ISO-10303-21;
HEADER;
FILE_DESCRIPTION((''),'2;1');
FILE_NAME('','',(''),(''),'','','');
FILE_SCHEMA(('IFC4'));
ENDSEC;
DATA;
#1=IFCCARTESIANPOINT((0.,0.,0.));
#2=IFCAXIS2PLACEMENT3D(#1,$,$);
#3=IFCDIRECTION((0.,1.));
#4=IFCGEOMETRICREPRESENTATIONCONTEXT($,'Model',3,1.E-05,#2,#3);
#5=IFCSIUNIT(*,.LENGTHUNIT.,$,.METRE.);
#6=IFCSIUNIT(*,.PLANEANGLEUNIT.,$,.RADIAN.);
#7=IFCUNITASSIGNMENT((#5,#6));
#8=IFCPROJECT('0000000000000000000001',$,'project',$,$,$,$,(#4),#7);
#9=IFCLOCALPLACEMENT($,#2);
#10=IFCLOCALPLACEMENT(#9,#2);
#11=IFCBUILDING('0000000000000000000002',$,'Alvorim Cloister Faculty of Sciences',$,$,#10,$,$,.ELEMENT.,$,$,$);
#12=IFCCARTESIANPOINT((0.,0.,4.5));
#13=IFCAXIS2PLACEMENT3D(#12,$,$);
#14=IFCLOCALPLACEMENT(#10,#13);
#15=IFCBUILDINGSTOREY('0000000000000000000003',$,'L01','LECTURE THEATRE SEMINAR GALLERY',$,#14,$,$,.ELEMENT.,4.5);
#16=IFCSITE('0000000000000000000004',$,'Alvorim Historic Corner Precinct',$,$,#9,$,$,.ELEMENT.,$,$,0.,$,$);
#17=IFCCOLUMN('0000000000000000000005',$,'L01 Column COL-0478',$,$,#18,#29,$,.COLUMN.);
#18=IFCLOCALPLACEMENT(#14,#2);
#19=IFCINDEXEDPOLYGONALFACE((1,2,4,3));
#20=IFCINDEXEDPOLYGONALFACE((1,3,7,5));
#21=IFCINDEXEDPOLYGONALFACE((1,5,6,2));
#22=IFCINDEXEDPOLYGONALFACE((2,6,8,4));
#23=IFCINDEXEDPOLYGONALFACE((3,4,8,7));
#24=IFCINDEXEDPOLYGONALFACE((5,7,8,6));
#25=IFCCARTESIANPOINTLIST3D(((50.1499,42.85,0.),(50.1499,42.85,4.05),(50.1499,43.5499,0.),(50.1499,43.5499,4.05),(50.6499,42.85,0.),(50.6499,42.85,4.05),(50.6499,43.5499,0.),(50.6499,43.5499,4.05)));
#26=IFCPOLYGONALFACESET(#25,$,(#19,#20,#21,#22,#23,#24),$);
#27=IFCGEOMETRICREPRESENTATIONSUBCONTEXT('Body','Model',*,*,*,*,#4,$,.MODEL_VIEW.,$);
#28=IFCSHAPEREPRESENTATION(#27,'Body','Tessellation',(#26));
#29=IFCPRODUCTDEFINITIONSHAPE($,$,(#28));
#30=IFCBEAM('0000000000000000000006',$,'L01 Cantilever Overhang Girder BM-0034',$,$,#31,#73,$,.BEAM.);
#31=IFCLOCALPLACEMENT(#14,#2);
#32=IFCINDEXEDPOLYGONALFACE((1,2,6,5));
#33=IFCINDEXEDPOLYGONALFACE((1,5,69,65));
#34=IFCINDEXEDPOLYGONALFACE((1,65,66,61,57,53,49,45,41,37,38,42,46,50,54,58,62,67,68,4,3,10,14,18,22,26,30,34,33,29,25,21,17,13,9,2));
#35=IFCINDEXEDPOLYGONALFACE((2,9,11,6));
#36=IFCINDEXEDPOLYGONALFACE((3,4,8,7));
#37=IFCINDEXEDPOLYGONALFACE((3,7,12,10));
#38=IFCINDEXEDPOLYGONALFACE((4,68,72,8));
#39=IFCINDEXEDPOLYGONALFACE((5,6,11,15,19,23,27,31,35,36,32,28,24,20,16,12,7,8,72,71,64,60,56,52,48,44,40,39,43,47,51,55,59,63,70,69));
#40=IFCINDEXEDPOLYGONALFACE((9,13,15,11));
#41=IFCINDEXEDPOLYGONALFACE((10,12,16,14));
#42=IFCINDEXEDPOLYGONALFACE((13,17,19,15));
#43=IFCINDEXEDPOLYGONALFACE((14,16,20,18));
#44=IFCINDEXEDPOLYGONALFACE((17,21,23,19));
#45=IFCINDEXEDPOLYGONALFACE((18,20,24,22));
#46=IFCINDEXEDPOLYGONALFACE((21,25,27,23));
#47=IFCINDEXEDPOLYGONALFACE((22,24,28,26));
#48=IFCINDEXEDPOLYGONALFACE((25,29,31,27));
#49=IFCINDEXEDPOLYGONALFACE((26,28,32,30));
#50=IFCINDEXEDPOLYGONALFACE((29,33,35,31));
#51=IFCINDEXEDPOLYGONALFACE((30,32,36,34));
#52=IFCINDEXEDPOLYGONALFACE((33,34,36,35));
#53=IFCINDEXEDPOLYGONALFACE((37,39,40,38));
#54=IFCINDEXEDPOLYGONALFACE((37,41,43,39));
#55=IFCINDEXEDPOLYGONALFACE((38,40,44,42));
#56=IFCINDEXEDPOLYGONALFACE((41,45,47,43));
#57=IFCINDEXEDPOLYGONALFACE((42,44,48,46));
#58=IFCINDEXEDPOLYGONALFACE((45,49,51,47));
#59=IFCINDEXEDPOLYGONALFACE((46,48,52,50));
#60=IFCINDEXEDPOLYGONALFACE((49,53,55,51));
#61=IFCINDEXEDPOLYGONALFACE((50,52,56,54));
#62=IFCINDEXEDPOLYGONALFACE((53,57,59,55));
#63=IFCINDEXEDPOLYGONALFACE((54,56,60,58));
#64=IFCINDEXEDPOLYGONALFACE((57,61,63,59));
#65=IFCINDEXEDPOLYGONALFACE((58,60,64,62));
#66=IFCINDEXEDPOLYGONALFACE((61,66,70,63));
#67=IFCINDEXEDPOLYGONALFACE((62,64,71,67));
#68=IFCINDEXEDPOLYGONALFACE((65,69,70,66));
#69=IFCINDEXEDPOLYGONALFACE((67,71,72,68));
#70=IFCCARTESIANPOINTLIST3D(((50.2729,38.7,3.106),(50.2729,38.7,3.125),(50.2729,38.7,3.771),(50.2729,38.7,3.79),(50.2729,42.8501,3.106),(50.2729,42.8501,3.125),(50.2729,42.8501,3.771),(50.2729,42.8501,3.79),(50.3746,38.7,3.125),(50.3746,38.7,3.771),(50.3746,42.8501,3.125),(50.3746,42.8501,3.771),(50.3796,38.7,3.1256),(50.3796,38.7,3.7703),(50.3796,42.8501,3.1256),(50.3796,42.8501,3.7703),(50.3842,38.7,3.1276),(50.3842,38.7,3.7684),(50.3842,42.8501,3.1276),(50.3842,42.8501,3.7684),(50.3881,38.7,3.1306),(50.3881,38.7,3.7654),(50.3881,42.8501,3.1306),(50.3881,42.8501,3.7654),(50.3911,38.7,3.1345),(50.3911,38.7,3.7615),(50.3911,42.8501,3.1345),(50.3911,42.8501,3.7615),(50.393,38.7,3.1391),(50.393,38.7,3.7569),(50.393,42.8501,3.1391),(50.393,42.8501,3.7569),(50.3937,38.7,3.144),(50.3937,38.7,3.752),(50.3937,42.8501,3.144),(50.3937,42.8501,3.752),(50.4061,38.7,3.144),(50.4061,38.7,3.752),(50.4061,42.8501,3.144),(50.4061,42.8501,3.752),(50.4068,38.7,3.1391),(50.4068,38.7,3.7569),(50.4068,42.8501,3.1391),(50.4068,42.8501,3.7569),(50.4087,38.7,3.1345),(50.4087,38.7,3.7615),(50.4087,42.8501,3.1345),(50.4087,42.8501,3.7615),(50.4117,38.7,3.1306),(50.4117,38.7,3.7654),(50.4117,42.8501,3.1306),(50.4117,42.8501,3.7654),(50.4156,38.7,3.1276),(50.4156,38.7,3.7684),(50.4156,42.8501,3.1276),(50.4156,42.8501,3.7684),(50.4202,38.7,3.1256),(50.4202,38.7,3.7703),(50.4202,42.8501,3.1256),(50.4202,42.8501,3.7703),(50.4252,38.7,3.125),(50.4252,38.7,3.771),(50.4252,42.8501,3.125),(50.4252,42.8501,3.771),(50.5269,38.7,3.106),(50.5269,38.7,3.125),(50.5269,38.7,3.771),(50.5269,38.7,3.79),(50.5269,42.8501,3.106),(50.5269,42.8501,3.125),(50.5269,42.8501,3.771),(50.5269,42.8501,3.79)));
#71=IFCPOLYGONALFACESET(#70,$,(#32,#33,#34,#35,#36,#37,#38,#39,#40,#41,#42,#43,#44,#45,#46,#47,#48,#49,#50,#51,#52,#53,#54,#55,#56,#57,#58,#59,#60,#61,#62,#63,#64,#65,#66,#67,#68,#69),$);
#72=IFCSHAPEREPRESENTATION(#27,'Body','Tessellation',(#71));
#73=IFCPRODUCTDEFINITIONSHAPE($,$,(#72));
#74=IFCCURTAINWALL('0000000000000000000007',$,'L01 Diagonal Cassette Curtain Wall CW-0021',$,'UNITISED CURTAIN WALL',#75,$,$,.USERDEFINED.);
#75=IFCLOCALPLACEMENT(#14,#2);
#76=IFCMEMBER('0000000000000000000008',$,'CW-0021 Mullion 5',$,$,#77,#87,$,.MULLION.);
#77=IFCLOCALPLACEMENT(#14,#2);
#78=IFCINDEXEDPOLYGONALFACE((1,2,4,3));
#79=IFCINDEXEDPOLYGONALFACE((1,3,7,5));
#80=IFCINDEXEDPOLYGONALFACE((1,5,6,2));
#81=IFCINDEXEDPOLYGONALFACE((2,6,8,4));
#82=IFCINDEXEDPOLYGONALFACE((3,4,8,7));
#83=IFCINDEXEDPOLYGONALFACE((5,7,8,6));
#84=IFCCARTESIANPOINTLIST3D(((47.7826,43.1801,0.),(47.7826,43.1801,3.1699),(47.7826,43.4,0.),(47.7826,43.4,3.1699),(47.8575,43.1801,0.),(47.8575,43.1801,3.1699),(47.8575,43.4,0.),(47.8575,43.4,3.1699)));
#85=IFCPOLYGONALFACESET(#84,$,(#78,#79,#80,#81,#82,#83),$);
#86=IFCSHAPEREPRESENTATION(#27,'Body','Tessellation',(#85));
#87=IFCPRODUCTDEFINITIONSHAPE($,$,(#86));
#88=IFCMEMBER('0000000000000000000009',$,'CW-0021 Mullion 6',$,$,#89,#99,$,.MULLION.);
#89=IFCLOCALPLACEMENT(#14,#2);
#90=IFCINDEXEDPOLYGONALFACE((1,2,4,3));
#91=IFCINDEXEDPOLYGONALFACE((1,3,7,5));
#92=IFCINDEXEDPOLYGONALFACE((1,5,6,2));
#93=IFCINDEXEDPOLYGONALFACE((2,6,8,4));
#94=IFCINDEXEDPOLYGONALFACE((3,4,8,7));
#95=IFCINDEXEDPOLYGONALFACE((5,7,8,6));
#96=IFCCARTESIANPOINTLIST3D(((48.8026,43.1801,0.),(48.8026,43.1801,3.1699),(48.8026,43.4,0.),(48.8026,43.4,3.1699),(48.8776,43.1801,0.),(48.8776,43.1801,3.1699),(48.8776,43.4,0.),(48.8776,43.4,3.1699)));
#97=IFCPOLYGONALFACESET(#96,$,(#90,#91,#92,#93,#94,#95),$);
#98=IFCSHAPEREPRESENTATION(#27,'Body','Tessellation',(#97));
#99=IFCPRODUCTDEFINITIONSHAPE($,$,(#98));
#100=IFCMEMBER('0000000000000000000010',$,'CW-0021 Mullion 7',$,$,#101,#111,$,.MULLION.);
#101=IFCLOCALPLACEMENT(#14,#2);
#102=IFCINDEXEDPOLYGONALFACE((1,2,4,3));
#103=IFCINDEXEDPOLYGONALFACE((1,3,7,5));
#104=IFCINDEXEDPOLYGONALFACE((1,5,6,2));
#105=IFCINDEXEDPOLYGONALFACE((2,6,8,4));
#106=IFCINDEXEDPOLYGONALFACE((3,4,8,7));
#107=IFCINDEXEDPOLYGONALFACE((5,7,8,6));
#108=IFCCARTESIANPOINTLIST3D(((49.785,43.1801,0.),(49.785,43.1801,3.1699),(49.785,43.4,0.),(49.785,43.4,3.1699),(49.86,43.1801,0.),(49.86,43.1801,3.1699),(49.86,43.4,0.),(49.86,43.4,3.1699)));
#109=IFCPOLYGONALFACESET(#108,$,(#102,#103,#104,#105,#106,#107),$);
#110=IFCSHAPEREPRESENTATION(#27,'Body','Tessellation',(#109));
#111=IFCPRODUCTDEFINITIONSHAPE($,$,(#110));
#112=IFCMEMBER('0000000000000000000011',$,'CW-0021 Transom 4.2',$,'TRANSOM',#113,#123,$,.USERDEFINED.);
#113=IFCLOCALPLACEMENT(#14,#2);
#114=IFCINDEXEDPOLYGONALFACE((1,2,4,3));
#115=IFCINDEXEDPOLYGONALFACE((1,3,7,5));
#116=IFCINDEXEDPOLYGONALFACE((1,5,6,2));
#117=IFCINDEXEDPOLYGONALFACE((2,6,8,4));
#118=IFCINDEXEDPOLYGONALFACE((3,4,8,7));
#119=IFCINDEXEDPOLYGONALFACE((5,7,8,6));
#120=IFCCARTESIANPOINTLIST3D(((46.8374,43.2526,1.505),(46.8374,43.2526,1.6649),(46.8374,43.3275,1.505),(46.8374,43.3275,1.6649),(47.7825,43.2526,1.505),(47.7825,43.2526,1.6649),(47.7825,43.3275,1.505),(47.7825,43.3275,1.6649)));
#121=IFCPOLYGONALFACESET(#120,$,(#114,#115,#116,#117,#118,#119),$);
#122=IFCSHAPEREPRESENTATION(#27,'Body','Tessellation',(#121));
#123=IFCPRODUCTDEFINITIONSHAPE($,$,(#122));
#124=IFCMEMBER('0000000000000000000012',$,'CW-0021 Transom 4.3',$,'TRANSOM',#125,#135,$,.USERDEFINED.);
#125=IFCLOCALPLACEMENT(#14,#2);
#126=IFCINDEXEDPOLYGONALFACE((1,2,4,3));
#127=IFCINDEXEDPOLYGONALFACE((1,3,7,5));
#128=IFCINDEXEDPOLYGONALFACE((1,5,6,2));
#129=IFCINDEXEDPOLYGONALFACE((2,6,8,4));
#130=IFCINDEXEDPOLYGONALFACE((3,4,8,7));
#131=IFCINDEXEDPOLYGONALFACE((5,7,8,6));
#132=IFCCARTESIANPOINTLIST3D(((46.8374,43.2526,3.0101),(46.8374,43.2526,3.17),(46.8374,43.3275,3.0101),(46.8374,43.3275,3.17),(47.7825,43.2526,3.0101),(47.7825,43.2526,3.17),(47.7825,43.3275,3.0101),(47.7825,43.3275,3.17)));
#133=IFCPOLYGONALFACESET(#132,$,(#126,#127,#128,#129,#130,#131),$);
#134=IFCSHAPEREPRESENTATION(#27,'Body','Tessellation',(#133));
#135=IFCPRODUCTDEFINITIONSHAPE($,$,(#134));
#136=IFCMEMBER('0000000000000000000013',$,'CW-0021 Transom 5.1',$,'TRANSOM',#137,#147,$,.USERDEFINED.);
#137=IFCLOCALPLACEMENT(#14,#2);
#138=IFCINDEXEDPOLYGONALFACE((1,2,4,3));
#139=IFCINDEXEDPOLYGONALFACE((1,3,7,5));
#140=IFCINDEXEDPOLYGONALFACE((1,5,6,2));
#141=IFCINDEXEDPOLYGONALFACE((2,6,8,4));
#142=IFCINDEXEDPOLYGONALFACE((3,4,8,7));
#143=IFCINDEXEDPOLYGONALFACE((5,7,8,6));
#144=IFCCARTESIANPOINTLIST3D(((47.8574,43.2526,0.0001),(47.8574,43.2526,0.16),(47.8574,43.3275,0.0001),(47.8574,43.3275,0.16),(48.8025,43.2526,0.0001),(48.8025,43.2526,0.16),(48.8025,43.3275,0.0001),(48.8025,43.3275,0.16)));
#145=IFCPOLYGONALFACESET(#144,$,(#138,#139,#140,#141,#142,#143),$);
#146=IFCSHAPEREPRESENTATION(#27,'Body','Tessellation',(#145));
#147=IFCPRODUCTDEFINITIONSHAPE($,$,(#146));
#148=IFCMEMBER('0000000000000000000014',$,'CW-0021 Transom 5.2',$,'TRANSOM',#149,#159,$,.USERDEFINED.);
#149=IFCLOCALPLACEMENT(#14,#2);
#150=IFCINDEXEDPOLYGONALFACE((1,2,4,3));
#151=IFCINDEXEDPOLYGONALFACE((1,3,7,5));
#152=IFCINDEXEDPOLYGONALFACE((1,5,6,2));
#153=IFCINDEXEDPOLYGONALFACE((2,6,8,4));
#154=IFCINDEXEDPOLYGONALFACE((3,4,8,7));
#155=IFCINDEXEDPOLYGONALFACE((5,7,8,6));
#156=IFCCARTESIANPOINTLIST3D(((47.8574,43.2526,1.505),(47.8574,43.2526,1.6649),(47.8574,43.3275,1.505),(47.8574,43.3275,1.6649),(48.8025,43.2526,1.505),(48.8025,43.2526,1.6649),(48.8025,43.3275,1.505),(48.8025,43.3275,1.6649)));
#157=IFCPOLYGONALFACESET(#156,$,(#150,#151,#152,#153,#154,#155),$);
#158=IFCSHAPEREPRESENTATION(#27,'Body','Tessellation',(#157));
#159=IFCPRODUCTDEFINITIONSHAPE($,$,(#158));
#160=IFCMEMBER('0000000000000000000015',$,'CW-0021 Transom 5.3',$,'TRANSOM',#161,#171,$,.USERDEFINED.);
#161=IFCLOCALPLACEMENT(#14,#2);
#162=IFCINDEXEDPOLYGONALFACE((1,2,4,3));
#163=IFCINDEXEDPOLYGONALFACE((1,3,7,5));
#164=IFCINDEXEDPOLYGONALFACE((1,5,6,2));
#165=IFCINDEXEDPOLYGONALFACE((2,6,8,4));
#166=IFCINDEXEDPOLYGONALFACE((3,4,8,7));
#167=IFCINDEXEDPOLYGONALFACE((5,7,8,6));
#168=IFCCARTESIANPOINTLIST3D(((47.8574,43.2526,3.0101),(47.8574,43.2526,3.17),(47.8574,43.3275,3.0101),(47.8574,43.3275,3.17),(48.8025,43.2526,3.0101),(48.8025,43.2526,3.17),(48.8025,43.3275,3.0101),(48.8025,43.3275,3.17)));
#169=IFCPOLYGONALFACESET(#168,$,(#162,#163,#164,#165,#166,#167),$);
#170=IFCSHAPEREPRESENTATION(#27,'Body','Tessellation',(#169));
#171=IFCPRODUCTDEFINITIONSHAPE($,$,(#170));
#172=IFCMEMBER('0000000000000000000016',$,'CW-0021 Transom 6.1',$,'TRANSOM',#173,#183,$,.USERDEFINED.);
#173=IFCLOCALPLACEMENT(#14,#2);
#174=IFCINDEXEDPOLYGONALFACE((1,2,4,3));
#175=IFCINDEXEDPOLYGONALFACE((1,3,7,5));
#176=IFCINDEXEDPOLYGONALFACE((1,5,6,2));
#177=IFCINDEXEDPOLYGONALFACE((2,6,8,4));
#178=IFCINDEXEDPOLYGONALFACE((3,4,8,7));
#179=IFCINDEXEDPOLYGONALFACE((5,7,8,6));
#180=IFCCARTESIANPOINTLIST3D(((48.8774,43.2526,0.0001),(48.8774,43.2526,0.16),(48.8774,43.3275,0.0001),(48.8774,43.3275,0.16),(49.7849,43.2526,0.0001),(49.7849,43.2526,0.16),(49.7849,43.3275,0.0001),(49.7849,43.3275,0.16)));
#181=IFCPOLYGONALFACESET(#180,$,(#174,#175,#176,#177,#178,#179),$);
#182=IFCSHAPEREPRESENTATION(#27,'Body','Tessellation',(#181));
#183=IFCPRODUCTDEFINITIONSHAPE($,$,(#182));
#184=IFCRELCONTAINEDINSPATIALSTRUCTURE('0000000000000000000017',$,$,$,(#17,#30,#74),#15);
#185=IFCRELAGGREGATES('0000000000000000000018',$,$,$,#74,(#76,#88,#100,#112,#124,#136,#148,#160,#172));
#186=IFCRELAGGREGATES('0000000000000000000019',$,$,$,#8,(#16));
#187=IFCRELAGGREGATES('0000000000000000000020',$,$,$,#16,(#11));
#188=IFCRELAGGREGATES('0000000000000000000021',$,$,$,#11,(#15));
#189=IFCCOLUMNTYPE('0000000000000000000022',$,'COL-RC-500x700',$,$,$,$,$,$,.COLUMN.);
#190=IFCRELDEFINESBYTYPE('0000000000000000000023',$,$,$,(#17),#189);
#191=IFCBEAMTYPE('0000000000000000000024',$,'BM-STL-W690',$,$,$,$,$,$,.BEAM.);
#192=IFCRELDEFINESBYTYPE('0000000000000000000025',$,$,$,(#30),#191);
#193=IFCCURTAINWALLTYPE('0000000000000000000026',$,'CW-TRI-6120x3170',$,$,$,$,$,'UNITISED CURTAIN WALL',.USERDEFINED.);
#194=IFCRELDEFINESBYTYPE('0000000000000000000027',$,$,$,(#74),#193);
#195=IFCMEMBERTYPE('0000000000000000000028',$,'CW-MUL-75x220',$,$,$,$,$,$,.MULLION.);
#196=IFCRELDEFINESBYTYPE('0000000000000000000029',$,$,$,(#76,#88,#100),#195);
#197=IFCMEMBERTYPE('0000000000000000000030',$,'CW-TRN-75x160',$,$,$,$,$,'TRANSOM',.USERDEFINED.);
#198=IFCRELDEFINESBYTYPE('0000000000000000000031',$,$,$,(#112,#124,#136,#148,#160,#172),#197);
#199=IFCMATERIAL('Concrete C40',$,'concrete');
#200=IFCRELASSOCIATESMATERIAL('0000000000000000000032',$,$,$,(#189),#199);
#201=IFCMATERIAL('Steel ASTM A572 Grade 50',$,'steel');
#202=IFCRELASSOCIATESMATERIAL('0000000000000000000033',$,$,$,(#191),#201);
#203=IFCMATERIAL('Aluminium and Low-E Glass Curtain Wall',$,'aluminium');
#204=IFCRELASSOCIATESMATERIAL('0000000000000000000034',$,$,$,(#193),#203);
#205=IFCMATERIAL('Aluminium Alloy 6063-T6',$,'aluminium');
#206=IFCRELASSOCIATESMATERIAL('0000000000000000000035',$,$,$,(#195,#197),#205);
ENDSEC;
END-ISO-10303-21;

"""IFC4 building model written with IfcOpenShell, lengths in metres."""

from ifc_helpers import new_model, si_unit, direction, frame, origin, origin_2d, place, context, subcontext, project, spatial, rectangle, i_section, extrude, material, material_profile, profile_set, type_object, element, aggregate, save


model = new_model("IFC4")

# Units and contexts
model_context = context("Model", 3, precision=1e-05, world=origin(), true_north=direction((0.0, 1.0)))
body_context = subcontext(model_context, "Body", "Model", "MODEL_VIEW")
ifc_project = project(units=[si_unit("LENGTHUNIT", "METRE"), si_unit("PLANEANGLEUNIT", "RADIAN")], contexts=[model_context])

# Site, building, storey
site_placement = place(None, origin())
site = spatial("IfcSite", under=ifc_project, at=site_placement, Name="Alvorim Historic Corner Precinct", CompositionType="ELEMENT", RefElevation=0.0)
building_placement = place(site_placement, origin())
building = spatial("IfcBuilding", under=site, at=building_placement, Name="Alvorim Cloister Faculty of Sciences", CompositionType="ELEMENT")
storey_placement = place(building_placement, frame((0.0, 0.0, 4.5)))
storey = spatial("IfcBuildingStorey", under=building, at=storey_placement, Name="L01", Description="LECTURE THEATRE SEMINAR GALLERY", CompositionType="ELEMENT", Elevation=4.5)

# Column
ifc_material_1 = material(Name="Concrete C40", Category="concrete")
ifc_material_profile_1 = material_profile(ifc_material_1, rectangle(XDim=0.5, YDim=0.7, at=origin_2d()), Name="RC40-COL-500x700")
ifc_profile_set_1 = profile_set([ifc_material_profile_1], Name="Concrete C40")
column_type = type_object("IfcColumnType", Name="COL-RC-500x700", PredefinedType="COLUMN", material=ifc_profile_set_1)
column_placement = place(storey_placement, frame((50.3999, 43.2, 0.0), z_axis=(0.0, 0.0, 1.0), x_axis=(1.0, 0.0, 0.0)))
element("IfcColumn", 1, at=column_placement, inside=storey, type_object=column_type, Name="L01 Column COL-0478", PredefinedType="COLUMN", context=body_context, shape_type="SweptSolid", body=[
    extrude(rectangle(XDim=0.5, YDim=0.7, at=origin_2d()), origin(), (0.0, 0.0, 1.0), 4.05),
])

# Beam
ifc_material_2 = material(Name="Steel ASTM A572 Grade 50", Category="steel")
ifc_material_profile_2 = material_profile(ifc_material_2, i_section(OverallWidth=0.2539, OverallDepth=0.6841, WebThickness=0.0125, FlangeThickness=0.019, FilletRadius=0.019, at=origin_2d()), Name="W690x140.0")
ifc_profile_set_2 = profile_set([ifc_material_profile_2], Name="Steel ASTM A572 Grade 50")
beam_type = type_object("IfcBeamType", Name="BM-STL-W690", PredefinedType="BEAM", material=ifc_profile_set_2)
beam_placement = place(storey_placement, frame((50.3999, 38.7, 3.448), z_axis=(0.0, 1.0, 0.0), x_axis=(-1.0, 0.0, 0.0)))
element("IfcBeam", 2, at=beam_placement, inside=storey, type_object=beam_type, Name="L01 Cantilever Overhang Girder BM-0034", PredefinedType="BEAM", context=body_context, shape_type="SweptSolid", body=[
    extrude(i_section(OverallWidth=0.2539, OverallDepth=0.6841, WebThickness=0.0125, FlangeThickness=0.019, FilletRadius=0.019, at=origin_2d()), origin(), (0.0, 0.0, 1.0), 4.1501),
])

# Curtain wall, members
ifc_material_3 = material(Name="Aluminium and Low-E Glass Curtain Wall", Category="aluminium")
curtain_wall_type = type_object("IfcCurtainWallType", Name="CW-TRI-6120x3170", ElementType="UNITISED CURTAIN WALL", PredefinedType="USERDEFINED", material=ifc_material_3)
curtain_wall_placement = place(storey_placement, origin())
curtain_wall = element("IfcCurtainWall", 3, at=curtain_wall_placement, inside=storey, type_object=curtain_wall_type, Name="L01 Diagonal Cassette Curtain Wall CW-0021", ObjectType="UNITISED CURTAIN WALL", PredefinedType="USERDEFINED")
ifc_material_4 = material(Name="Aluminium Alloy 6063-T6", Category="aluminium")
ifc_material_profile_3 = material_profile(ifc_material_4, rectangle(XDim=0.075, YDim=0.22, at=origin_2d()), Name="ALU-MUL-75x220")
ifc_profile_set_3 = profile_set([ifc_material_profile_3], Name="Aluminium Alloy 6063-T6")
member_type_1 = type_object("IfcMemberType", Name="CW-MUL-75x220", PredefinedType="MULLION", material=ifc_profile_set_3)
member_1_placement = place(storey_placement, frame((47.8201, 43.29, 0.0), z_axis=(0.0, 0.0, 1.0), x_axis=(1.0, 0.0, 0.0)))
member_1 = element("IfcMember", 4, at=member_1_placement, type_object=member_type_1, Name="CW-0021 Mullion 5", PredefinedType="MULLION", context=body_context, shape_type="SweptSolid", body=[
    extrude(rectangle(XDim=0.075, YDim=0.22, at=origin_2d()), origin(), (0.0, 0.0, 1.0), 3.1699),
])
member_2_placement = place(storey_placement, frame((48.8401, 43.29, 0.0), z_axis=(0.0, 0.0, 1.0), x_axis=(1.0, 0.0, 0.0)))
member_2 = element("IfcMember", 5, at=member_2_placement, type_object=member_type_1, Name="CW-0021 Mullion 6", PredefinedType="MULLION", context=body_context, shape_type="SweptSolid", body=[
    extrude(rectangle(XDim=0.075, YDim=0.22, at=origin_2d()), origin(), (0.0, 0.0, 1.0), 3.1699),
])
member_3_placement = place(storey_placement, frame((49.8225, 43.29, 0.0), z_axis=(0.0, 0.0, 1.0), x_axis=(1.0, 0.0, 0.0)))
member_3 = element("IfcMember", 6, at=member_3_placement, type_object=member_type_1, Name="CW-0021 Mullion 7", PredefinedType="MULLION", context=body_context, shape_type="SweptSolid", body=[
    extrude(rectangle(XDim=0.075, YDim=0.22, at=origin_2d()), origin(), (0.0, 0.0, 1.0), 3.1699),
])
ifc_material_profile_4 = material_profile(ifc_material_4, rectangle(XDim=0.075, YDim=0.1599, at=origin_2d()), Name="ALU-TRN-75x160")
ifc_profile_set_4 = profile_set([ifc_material_profile_4], Name="Aluminium Alloy 6063-T6")
member_type_2 = type_object("IfcMemberType", Name="CW-TRN-75x160", ElementType="TRANSOM", PredefinedType="USERDEFINED", material=ifc_profile_set_4)
member_4_placement = place(storey_placement, frame((46.8374, 43.29, 1.585), z_axis=(1.0, 0.0, 0.0), x_axis=(0.0, 1.0, 0.0)))
member_4 = element("IfcMember", 7, at=member_4_placement, type_object=member_type_2, Name="CW-0021 Transom 4.2", ObjectType="TRANSOM", PredefinedType="USERDEFINED", context=body_context, shape_type="SweptSolid", body=[
    extrude(rectangle(XDim=0.075, YDim=0.1599, at=origin_2d()), origin(), (0.0, 0.0, 1.0), 0.9451),
])
member_5_placement = place(storey_placement, frame((46.8374, 43.29, 3.0901), z_axis=(1.0, 0.0, 0.0), x_axis=(0.0, 1.0, 0.0)))
member_5 = element("IfcMember", 8, at=member_5_placement, type_object=member_type_2, Name="CW-0021 Transom 4.3", ObjectType="TRANSOM", PredefinedType="USERDEFINED", context=body_context, shape_type="SweptSolid", body=[
    extrude(rectangle(XDim=0.075, YDim=0.1599, at=origin_2d()), origin(), (0.0, 0.0, 1.0), 0.9451),
])
member_6_placement = place(storey_placement, frame((47.8574, 43.29, 0.0801), z_axis=(1.0, 0.0, 0.0), x_axis=(0.0, 1.0, 0.0)))
member_6 = element("IfcMember", 9, at=member_6_placement, type_object=member_type_2, Name="CW-0021 Transom 5.1", ObjectType="TRANSOM", PredefinedType="USERDEFINED", context=body_context, shape_type="SweptSolid", body=[
    extrude(rectangle(XDim=0.075, YDim=0.1599, at=origin_2d()), origin(), (0.0, 0.0, 1.0), 0.9451),
])
member_7_placement = place(storey_placement, frame((47.8574, 43.29, 1.585), z_axis=(1.0, 0.0, 0.0), x_axis=(0.0, 1.0, 0.0)))
member_7 = element("IfcMember", 10, at=member_7_placement, type_object=member_type_2, Name="CW-0021 Transom 5.2", ObjectType="TRANSOM", PredefinedType="USERDEFINED", context=body_context, shape_type="SweptSolid", body=[
    extrude(rectangle(XDim=0.075, YDim=0.1599, at=origin_2d()), origin(), (0.0, 0.0, 1.0), 0.9451),
])
member_8_placement = place(storey_placement, frame((47.8574, 43.29, 3.0901), z_axis=(1.0, 0.0, 0.0), x_axis=(0.0, 1.0, 0.0)))
member_8 = element("IfcMember", 11, at=member_8_placement, type_object=member_type_2, Name="CW-0021 Transom 5.3", ObjectType="TRANSOM", PredefinedType="USERDEFINED", context=body_context, shape_type="SweptSolid", body=[
    extrude(rectangle(XDim=0.075, YDim=0.1599, at=origin_2d()), origin(), (0.0, 0.0, 1.0), 0.9451),
])
member_9_placement = place(storey_placement, frame((48.8774, 43.29, 0.0801), z_axis=(1.0, 0.0, 0.0), x_axis=(0.0, 1.0, 0.0)))
member_9 = element("IfcMember", 12, at=member_9_placement, type_object=member_type_2, Name="CW-0021 Transom 6.1", ObjectType="TRANSOM", PredefinedType="USERDEFINED", context=body_context, shape_type="SweptSolid", body=[
    extrude(rectangle(XDim=0.075, YDim=0.1599, at=origin_2d()), origin(), (0.0, 0.0, 1.0), 0.9075),
])

aggregate(curtain_wall, [member_1, member_2, member_3, member_4, member_5, member_6, member_7, member_8, member_9])

save(model, "model.ifc")
